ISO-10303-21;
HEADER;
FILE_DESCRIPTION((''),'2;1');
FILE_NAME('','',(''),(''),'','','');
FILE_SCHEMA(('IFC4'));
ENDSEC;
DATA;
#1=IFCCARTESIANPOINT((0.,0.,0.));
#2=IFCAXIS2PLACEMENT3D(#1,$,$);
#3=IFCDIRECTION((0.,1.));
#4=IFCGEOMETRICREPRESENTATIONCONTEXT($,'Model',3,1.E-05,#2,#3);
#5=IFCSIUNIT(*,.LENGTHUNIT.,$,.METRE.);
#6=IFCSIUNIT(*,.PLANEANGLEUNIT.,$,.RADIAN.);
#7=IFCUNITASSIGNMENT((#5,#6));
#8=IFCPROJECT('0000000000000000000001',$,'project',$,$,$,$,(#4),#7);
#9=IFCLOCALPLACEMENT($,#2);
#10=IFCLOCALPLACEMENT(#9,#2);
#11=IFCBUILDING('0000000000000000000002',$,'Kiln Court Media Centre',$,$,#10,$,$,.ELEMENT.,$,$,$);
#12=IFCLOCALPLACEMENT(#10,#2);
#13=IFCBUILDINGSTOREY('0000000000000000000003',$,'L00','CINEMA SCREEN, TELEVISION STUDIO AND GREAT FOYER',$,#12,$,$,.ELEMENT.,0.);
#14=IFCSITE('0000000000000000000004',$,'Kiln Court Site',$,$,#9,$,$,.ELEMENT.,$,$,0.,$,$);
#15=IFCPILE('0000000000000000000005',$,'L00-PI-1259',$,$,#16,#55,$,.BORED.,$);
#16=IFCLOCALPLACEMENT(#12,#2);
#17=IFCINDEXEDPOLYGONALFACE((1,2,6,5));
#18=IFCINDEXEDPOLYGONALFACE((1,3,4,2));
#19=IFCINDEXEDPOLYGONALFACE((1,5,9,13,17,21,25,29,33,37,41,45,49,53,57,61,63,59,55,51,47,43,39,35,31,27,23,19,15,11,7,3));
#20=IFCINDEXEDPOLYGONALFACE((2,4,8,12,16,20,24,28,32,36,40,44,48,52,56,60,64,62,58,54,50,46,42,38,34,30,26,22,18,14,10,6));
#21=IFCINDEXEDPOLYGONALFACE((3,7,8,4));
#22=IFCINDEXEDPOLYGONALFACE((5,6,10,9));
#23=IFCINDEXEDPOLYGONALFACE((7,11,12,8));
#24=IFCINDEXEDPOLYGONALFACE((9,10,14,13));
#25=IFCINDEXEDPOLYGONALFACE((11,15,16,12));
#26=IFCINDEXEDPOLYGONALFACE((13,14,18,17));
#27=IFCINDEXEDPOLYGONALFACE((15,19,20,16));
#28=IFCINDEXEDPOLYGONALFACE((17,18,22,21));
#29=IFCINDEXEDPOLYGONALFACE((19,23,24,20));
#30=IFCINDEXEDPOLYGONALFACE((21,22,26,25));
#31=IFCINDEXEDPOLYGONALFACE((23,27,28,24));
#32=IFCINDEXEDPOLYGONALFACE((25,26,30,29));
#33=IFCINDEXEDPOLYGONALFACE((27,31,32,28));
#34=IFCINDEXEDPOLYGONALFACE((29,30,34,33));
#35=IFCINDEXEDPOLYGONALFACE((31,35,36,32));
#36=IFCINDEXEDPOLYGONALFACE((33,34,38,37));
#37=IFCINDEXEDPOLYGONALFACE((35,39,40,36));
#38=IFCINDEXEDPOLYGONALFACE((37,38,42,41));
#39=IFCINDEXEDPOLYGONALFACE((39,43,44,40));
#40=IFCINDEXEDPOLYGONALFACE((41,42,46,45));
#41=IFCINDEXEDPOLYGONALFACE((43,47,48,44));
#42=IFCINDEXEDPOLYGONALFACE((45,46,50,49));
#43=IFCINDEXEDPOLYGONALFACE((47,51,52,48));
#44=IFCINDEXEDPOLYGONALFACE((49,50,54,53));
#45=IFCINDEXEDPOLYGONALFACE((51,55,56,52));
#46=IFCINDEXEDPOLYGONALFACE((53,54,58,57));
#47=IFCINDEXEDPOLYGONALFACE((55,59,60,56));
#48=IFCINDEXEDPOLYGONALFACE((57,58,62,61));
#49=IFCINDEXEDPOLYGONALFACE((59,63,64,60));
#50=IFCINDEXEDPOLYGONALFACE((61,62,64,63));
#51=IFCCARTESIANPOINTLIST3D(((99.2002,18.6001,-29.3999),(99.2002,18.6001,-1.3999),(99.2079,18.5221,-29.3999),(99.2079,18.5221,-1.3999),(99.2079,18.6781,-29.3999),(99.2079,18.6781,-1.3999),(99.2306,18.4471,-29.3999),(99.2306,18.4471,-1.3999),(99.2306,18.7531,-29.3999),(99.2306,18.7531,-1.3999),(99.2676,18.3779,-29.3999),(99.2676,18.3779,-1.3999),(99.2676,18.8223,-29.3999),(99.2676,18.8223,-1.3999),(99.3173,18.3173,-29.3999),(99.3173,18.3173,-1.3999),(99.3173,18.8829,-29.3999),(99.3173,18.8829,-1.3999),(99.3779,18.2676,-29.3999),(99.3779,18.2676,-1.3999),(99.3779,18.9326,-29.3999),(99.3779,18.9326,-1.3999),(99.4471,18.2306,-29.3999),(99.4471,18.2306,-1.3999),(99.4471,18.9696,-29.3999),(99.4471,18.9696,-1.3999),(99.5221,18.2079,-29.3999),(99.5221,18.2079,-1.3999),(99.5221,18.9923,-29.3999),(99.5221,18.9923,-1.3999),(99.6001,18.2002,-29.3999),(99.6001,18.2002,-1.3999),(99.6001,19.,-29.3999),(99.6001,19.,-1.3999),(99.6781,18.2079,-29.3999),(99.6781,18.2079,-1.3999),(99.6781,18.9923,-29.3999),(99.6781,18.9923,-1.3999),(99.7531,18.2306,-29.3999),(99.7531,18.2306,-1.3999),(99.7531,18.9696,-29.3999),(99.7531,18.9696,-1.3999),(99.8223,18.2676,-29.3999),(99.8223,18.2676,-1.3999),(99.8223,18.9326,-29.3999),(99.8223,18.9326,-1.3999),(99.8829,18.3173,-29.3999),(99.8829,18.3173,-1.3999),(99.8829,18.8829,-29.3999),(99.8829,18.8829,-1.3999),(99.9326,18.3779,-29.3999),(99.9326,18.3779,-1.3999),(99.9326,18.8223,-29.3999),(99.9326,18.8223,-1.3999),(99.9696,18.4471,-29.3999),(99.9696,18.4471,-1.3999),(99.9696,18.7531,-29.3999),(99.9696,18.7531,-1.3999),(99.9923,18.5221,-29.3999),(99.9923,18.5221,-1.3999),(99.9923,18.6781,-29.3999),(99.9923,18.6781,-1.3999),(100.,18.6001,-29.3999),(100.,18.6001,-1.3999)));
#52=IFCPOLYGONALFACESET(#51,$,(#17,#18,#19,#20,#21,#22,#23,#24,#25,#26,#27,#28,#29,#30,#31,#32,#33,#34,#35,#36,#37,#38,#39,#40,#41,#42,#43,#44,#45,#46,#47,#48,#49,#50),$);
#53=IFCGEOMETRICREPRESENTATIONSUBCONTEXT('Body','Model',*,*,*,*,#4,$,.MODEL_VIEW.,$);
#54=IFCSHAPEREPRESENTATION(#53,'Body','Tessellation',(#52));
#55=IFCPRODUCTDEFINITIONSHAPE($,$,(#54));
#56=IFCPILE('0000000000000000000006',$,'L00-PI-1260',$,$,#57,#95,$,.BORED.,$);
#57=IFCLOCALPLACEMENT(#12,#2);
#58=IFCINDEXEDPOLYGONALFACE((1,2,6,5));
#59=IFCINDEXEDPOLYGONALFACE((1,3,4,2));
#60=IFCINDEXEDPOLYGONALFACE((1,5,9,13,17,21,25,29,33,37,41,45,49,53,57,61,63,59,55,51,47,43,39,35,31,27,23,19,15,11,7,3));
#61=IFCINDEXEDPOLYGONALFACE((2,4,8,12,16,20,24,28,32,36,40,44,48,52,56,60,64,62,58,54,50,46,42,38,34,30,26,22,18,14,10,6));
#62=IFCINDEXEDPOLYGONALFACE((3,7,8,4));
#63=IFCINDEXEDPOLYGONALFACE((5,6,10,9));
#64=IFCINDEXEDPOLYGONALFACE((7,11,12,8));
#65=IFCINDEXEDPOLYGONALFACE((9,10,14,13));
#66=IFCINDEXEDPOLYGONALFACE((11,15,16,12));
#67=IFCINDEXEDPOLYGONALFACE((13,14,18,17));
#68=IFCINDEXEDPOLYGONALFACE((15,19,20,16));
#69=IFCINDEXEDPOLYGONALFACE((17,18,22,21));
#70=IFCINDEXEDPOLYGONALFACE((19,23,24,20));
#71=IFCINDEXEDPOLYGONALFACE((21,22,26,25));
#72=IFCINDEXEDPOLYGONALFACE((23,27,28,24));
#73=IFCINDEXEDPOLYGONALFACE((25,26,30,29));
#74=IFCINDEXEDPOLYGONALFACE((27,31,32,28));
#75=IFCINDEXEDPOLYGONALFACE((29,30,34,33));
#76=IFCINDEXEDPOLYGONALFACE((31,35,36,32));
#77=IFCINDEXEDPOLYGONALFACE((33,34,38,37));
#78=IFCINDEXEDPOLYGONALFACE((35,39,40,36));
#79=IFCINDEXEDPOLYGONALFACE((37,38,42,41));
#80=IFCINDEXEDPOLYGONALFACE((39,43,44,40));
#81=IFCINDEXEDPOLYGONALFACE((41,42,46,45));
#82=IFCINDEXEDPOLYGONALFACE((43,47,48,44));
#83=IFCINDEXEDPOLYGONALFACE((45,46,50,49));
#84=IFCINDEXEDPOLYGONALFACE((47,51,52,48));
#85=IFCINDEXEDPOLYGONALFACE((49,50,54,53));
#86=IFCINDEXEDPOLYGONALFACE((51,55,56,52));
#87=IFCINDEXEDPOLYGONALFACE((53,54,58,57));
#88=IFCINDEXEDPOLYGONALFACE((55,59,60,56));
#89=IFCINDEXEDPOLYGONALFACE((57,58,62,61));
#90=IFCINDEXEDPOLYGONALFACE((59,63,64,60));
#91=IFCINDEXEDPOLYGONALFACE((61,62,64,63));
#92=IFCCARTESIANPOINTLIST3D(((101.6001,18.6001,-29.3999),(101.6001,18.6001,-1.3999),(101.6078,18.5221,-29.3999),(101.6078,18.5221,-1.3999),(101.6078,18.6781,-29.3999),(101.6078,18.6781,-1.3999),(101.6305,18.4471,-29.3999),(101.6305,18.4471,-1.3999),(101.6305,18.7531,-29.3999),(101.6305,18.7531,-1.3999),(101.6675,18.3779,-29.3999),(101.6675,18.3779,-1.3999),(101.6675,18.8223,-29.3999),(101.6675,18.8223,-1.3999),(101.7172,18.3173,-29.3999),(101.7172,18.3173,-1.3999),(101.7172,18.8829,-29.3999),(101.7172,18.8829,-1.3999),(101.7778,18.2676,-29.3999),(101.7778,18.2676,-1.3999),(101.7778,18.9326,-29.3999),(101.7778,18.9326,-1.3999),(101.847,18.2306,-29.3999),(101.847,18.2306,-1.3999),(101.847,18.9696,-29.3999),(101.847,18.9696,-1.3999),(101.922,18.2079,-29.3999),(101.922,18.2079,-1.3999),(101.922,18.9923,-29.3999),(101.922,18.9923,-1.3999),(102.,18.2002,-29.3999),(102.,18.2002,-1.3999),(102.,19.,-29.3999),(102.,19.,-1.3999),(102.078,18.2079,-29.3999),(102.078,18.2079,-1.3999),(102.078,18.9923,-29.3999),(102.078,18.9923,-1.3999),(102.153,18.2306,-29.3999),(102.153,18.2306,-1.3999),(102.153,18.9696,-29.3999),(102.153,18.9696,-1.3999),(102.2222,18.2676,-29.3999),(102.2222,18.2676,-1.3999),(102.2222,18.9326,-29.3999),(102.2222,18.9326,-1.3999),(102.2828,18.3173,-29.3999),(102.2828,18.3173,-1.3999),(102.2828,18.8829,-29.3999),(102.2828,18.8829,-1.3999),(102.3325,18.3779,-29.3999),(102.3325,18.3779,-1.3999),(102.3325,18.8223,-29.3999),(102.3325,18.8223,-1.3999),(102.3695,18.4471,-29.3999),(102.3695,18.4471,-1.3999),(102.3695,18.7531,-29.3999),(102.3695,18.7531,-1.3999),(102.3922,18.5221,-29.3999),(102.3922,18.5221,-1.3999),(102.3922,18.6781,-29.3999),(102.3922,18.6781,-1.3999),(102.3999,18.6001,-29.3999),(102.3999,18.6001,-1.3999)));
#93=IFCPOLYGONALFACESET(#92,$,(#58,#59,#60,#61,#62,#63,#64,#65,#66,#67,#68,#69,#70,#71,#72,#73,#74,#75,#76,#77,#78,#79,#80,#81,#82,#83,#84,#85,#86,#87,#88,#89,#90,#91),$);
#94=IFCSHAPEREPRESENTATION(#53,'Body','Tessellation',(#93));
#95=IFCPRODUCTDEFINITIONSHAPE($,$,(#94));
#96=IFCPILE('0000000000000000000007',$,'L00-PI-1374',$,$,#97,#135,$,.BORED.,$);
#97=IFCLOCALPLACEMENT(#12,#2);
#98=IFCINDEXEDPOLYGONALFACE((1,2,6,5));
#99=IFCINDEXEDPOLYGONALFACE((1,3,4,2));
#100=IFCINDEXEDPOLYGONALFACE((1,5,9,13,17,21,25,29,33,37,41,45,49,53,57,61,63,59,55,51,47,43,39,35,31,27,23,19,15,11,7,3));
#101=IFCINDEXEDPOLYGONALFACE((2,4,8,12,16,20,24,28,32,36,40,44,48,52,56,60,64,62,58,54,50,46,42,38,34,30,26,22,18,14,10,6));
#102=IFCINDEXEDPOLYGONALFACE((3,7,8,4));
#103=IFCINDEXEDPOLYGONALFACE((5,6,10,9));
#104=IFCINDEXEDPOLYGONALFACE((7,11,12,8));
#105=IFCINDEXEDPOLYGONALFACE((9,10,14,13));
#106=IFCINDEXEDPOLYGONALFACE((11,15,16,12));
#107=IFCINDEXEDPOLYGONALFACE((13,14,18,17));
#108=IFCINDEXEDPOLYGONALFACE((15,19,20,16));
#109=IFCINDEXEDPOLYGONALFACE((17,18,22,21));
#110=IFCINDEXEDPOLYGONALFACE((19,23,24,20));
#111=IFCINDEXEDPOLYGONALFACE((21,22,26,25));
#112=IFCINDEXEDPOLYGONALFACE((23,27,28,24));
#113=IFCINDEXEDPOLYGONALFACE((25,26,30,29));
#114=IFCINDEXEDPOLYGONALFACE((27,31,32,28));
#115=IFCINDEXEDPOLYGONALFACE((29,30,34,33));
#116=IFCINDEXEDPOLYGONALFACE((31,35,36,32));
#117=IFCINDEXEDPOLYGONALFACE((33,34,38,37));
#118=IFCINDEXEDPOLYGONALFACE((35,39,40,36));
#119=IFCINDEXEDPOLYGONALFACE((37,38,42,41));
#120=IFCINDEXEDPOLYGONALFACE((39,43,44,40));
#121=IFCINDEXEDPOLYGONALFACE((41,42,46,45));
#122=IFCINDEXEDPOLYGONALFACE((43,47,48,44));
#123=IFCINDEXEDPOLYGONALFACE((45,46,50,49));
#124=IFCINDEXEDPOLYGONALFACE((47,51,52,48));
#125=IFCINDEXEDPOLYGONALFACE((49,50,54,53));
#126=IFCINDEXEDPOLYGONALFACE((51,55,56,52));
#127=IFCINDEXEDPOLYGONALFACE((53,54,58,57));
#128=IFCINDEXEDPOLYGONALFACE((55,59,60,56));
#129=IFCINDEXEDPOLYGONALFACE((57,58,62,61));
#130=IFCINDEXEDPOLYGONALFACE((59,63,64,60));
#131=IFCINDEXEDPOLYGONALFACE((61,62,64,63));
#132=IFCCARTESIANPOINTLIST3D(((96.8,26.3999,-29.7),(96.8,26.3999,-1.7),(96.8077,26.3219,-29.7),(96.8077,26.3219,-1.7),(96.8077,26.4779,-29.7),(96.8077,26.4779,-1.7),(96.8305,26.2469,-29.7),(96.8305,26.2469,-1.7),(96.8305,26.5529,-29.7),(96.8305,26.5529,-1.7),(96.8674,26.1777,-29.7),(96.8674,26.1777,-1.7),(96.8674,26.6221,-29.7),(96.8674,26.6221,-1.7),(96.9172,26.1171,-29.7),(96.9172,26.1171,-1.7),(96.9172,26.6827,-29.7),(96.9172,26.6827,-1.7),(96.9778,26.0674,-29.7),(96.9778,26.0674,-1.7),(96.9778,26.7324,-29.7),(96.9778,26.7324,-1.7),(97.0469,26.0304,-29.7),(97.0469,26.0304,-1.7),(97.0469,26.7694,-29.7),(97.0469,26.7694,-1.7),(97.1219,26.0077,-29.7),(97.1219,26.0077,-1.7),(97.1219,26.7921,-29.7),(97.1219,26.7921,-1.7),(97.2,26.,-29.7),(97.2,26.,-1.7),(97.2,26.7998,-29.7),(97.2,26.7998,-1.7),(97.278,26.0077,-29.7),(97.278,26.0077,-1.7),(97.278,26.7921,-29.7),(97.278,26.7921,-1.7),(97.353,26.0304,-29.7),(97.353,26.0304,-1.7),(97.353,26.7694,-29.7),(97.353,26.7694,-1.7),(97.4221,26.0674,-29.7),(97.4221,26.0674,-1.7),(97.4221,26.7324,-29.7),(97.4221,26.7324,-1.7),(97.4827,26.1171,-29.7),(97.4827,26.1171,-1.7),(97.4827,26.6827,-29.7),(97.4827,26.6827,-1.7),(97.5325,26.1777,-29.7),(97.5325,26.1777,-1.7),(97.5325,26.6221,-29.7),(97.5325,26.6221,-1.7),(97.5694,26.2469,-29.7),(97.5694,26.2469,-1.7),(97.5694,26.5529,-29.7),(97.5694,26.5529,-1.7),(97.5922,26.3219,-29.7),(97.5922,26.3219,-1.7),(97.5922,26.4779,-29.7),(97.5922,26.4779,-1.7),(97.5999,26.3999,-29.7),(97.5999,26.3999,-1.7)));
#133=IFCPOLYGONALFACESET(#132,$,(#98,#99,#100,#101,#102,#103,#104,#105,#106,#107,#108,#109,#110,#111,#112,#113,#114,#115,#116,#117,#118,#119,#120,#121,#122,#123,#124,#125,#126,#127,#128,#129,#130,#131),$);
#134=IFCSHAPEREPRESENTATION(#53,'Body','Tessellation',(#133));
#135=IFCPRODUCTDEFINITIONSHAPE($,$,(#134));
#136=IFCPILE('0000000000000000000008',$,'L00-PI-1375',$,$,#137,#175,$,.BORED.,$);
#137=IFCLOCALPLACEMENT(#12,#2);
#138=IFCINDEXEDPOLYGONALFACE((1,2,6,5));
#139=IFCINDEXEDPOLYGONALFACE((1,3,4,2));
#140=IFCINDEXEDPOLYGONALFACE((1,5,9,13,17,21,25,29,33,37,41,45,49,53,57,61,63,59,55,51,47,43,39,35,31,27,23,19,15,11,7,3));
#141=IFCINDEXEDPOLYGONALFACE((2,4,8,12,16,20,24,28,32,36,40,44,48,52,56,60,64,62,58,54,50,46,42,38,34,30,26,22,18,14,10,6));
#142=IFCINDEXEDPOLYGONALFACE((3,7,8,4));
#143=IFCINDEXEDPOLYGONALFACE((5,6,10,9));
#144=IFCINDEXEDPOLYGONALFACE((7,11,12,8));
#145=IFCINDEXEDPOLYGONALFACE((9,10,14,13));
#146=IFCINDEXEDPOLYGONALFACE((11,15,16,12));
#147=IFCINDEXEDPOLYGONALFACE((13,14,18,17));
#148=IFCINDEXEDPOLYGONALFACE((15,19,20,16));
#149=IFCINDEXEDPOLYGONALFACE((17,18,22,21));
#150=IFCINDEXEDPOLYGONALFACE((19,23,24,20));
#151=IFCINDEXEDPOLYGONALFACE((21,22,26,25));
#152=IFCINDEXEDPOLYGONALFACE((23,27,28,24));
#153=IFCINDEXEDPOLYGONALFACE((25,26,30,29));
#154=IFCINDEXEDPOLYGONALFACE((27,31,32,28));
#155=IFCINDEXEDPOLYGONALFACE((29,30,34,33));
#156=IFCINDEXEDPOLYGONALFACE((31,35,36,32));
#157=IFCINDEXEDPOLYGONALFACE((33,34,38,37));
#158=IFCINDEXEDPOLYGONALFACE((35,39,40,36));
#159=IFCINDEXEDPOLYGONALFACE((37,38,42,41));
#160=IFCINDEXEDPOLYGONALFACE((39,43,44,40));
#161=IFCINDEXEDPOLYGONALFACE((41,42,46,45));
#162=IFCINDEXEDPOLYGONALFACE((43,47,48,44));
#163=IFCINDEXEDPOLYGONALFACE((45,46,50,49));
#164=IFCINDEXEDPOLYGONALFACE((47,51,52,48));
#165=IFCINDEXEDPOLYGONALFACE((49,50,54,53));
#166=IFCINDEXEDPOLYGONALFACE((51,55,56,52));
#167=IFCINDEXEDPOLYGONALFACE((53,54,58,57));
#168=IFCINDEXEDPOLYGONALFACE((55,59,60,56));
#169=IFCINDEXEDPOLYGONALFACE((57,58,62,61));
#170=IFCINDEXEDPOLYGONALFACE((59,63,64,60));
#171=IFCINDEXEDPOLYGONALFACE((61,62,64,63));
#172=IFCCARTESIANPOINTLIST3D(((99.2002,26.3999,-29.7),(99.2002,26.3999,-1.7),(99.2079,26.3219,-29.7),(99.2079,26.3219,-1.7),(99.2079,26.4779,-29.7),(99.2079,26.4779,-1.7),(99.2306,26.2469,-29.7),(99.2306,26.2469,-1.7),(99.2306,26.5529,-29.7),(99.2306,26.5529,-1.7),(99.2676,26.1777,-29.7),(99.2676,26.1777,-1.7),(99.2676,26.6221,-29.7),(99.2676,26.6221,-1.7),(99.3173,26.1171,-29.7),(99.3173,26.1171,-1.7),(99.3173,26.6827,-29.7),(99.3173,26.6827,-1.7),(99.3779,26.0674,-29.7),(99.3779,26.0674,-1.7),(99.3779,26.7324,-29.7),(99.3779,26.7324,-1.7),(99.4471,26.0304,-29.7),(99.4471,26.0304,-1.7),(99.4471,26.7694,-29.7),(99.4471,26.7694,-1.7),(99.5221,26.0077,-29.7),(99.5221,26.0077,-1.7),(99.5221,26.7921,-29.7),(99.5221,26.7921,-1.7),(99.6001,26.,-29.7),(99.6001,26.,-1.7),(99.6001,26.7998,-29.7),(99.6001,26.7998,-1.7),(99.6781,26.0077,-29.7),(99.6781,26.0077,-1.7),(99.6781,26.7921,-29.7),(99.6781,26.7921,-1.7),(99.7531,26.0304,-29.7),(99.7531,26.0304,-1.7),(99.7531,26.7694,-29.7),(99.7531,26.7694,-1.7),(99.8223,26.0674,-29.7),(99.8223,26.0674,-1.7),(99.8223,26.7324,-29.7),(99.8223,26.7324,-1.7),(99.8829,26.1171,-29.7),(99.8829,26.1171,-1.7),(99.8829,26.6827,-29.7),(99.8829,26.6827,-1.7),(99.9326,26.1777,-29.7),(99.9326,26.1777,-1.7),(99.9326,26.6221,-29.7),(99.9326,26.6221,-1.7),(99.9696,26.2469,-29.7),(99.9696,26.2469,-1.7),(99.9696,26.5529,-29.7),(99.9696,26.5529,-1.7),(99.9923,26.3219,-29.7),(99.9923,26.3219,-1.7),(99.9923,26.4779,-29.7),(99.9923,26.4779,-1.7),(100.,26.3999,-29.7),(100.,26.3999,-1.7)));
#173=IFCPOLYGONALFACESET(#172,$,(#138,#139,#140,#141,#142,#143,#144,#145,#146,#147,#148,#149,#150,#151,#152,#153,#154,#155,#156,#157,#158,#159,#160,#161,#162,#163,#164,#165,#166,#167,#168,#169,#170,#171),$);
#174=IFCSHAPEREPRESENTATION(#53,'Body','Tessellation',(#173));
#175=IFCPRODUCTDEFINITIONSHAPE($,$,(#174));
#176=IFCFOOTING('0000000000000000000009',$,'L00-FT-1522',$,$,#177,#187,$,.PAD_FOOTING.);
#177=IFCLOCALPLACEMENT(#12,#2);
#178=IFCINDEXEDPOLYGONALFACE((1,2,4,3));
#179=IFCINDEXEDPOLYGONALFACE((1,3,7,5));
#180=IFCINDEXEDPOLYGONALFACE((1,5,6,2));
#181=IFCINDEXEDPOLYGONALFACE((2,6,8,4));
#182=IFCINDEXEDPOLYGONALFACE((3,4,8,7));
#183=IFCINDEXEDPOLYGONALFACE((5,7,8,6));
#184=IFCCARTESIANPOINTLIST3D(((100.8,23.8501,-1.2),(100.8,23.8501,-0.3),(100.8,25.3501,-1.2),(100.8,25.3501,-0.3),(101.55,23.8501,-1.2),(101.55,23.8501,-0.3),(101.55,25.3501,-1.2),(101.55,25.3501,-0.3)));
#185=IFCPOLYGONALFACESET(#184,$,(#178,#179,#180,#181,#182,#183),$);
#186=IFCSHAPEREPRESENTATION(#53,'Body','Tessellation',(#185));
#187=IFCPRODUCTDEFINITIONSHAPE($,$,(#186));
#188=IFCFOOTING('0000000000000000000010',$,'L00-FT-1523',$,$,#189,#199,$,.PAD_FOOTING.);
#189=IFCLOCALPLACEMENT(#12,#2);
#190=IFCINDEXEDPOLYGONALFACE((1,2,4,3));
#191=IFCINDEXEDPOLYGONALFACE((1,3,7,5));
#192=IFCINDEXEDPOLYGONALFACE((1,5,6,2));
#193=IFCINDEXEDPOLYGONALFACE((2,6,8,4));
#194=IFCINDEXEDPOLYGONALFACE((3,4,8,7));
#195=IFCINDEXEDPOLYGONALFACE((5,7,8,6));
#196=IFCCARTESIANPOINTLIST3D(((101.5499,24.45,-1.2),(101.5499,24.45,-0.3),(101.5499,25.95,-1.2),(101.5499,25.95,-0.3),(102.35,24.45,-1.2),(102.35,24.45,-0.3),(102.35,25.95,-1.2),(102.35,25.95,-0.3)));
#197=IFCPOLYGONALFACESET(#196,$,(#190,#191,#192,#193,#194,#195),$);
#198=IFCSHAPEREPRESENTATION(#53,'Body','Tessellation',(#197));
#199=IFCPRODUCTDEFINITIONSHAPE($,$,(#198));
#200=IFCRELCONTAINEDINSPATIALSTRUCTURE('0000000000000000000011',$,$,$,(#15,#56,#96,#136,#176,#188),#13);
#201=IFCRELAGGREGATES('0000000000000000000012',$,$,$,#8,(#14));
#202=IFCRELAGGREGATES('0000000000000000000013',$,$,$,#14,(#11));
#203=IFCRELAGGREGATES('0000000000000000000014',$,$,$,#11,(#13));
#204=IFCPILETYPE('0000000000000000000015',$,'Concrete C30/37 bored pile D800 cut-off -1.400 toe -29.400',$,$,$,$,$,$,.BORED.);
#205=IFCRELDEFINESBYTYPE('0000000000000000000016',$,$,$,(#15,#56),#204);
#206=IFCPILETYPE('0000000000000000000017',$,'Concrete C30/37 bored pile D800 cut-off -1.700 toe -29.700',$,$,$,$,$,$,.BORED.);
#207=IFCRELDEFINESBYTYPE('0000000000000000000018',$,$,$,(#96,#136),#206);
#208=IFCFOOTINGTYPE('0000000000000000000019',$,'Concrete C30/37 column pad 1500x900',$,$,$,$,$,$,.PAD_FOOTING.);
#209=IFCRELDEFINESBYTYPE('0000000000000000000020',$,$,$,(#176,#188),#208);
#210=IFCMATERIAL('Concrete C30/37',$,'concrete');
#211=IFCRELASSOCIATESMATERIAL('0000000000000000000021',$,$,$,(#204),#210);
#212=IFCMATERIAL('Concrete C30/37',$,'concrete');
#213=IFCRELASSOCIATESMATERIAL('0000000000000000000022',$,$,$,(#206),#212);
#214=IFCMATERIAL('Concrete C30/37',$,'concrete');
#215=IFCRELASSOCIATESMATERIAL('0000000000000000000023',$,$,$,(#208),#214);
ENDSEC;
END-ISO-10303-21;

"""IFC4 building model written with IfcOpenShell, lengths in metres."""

from ifc_helpers import new_model, si_unit, direction, frame, origin, origin_2d, place, context, subcontext, project, spatial, rectangle, circle, extrude, material, material_profile, profile_set, type_object, element, save


model = new_model("IFC4")

# Units and contexts
model_context = context("Model", 3, precision=1e-05, world=origin(), true_north=direction((0.0, 1.0)))
body_context = subcontext(model_context, "Body", "Model", "MODEL_VIEW")
ifc_project = project(units=[si_unit("LENGTHUNIT", "METRE"), si_unit("PLANEANGLEUNIT", "RADIAN")], contexts=[model_context])

# Site, building, storey
site_placement = place(None, origin())
site = spatial("IfcSite", under=ifc_project, at=site_placement, Name="Kiln Court Site", CompositionType="ELEMENT", RefElevation=0.0)
building_placement = place(site_placement, origin())
building = spatial("IfcBuilding", under=site, at=building_placement, Name="Kiln Court Media Centre", CompositionType="ELEMENT")
storey_placement = place(building_placement, origin())
storey = spatial("IfcBuildingStorey", under=building, at=storey_placement, Name="L00", Description="CINEMA SCREEN, TELEVISION STUDIO AND GREAT FOYER", CompositionType="ELEMENT", Elevation=0.0)

# Piles
ifc_material_1 = material(Name="Concrete C30/37", Category="concrete")
ifc_material_profile_1 = material_profile(ifc_material_1, circle(Radius=0.3999, at=origin_2d()), Name="PILE D800")
ifc_profile_set_1 = profile_set([ifc_material_profile_1], Name="Concrete C30/37")
pile_type_1 = type_object("IfcPileType", Name="Concrete C30/37 bored pile D800 cut-off -1.400 toe -29.400", PredefinedType="BORED", material=ifc_profile_set_1)
for number, where, z_axis, x_axis, name in (
    (1, (99.6001, 18.6001, -1.3999), (0.0, 0.0, -1.0), (1.0, 0.0, 0.0), "L00-PI-1259"),
    (2, (102.0, 18.6001, -1.3999), (0.0, 0.0, -1.0), (1.0, 0.0, 0.0), "L00-PI-1260"),
):
    element("IfcPile", number, at=place(storey_placement, frame(where, z_axis=z_axis, x_axis=x_axis)), inside=storey, type_object=pile_type_1, Name=name, PredefinedType="BORED", context=body_context, shape_type="SweptSolid", body=[
        extrude(circle(Radius=0.3999, at=origin_2d()), origin(), (0.0, 0.0, 1.0), 28.0),
    ])
ifc_material_2 = material(Name="Concrete C30/37", Category="concrete")
ifc_material_profile_2 = material_profile(ifc_material_2, circle(Radius=0.3999, at=origin_2d()), Name="PILE D800")
ifc_profile_set_2 = profile_set([ifc_material_profile_2], Name="Concrete C30/37")
pile_type_2 = type_object("IfcPileType", Name="Concrete C30/37 bored pile D800 cut-off -1.700 toe -29.700", PredefinedType="BORED", material=ifc_profile_set_2)
for number, where, z_axis, x_axis, name in (
    (3, (97.2, 26.3999, -1.7), (0.0, 0.0, -1.0), (1.0, 0.0, 0.0), "L00-PI-1374"),
    (4, (99.6001, 26.3999, -1.7), (0.0, 0.0, -1.0), (1.0, 0.0, 0.0), "L00-PI-1375"),
):
    element("IfcPile", number, at=place(storey_placement, frame(where, z_axis=z_axis, x_axis=x_axis)), inside=storey, type_object=pile_type_2, Name=name, PredefinedType="BORED", context=body_context, shape_type="SweptSolid", body=[
        extrude(circle(Radius=0.3999, at=origin_2d()), origin(), (0.0, 0.0, 1.0), 28.0),
    ])

# Footings
ifc_material_3 = material(Name="Concrete C30/37", Category="concrete")
footing_type_1 = type_object("IfcFootingType", Name="Concrete C30/37 column pad 1500x900", PredefinedType="PAD_FOOTING", material=ifc_material_3)
footing_1_placement = place(storey_placement, frame((101.175, 24.6001, -1.2), z_axis=(0.0, 0.0, 1.0), x_axis=(1.0, 0.0, 0.0)))
element("IfcFooting", 5, at=footing_1_placement, inside=storey, type_object=footing_type_1, Name="L00-FT-1522", PredefinedType="PAD_FOOTING", context=body_context, shape_type="SweptSolid", body=[
    extrude(rectangle(XDim=0.75, YDim=1.5, at=origin_2d()), origin(), (0.0, 0.0, 1.0), 0.8999),
])
footing_2_placement = place(storey_placement, frame((101.95, 25.2, -1.2), z_axis=(0.0, 0.0, 1.0), x_axis=(1.0, 0.0, 0.0)))
element("IfcFooting", 6, at=footing_2_placement, inside=storey, type_object=footing_type_1, Name="L00-FT-1523", PredefinedType="PAD_FOOTING", context=body_context, shape_type="SweptSolid", body=[
    extrude(rectangle(XDim=0.8, YDim=1.5, at=origin_2d()), origin(), (0.0, 0.0, 1.0), 0.8999),
])

save(model, "model.ifc")
